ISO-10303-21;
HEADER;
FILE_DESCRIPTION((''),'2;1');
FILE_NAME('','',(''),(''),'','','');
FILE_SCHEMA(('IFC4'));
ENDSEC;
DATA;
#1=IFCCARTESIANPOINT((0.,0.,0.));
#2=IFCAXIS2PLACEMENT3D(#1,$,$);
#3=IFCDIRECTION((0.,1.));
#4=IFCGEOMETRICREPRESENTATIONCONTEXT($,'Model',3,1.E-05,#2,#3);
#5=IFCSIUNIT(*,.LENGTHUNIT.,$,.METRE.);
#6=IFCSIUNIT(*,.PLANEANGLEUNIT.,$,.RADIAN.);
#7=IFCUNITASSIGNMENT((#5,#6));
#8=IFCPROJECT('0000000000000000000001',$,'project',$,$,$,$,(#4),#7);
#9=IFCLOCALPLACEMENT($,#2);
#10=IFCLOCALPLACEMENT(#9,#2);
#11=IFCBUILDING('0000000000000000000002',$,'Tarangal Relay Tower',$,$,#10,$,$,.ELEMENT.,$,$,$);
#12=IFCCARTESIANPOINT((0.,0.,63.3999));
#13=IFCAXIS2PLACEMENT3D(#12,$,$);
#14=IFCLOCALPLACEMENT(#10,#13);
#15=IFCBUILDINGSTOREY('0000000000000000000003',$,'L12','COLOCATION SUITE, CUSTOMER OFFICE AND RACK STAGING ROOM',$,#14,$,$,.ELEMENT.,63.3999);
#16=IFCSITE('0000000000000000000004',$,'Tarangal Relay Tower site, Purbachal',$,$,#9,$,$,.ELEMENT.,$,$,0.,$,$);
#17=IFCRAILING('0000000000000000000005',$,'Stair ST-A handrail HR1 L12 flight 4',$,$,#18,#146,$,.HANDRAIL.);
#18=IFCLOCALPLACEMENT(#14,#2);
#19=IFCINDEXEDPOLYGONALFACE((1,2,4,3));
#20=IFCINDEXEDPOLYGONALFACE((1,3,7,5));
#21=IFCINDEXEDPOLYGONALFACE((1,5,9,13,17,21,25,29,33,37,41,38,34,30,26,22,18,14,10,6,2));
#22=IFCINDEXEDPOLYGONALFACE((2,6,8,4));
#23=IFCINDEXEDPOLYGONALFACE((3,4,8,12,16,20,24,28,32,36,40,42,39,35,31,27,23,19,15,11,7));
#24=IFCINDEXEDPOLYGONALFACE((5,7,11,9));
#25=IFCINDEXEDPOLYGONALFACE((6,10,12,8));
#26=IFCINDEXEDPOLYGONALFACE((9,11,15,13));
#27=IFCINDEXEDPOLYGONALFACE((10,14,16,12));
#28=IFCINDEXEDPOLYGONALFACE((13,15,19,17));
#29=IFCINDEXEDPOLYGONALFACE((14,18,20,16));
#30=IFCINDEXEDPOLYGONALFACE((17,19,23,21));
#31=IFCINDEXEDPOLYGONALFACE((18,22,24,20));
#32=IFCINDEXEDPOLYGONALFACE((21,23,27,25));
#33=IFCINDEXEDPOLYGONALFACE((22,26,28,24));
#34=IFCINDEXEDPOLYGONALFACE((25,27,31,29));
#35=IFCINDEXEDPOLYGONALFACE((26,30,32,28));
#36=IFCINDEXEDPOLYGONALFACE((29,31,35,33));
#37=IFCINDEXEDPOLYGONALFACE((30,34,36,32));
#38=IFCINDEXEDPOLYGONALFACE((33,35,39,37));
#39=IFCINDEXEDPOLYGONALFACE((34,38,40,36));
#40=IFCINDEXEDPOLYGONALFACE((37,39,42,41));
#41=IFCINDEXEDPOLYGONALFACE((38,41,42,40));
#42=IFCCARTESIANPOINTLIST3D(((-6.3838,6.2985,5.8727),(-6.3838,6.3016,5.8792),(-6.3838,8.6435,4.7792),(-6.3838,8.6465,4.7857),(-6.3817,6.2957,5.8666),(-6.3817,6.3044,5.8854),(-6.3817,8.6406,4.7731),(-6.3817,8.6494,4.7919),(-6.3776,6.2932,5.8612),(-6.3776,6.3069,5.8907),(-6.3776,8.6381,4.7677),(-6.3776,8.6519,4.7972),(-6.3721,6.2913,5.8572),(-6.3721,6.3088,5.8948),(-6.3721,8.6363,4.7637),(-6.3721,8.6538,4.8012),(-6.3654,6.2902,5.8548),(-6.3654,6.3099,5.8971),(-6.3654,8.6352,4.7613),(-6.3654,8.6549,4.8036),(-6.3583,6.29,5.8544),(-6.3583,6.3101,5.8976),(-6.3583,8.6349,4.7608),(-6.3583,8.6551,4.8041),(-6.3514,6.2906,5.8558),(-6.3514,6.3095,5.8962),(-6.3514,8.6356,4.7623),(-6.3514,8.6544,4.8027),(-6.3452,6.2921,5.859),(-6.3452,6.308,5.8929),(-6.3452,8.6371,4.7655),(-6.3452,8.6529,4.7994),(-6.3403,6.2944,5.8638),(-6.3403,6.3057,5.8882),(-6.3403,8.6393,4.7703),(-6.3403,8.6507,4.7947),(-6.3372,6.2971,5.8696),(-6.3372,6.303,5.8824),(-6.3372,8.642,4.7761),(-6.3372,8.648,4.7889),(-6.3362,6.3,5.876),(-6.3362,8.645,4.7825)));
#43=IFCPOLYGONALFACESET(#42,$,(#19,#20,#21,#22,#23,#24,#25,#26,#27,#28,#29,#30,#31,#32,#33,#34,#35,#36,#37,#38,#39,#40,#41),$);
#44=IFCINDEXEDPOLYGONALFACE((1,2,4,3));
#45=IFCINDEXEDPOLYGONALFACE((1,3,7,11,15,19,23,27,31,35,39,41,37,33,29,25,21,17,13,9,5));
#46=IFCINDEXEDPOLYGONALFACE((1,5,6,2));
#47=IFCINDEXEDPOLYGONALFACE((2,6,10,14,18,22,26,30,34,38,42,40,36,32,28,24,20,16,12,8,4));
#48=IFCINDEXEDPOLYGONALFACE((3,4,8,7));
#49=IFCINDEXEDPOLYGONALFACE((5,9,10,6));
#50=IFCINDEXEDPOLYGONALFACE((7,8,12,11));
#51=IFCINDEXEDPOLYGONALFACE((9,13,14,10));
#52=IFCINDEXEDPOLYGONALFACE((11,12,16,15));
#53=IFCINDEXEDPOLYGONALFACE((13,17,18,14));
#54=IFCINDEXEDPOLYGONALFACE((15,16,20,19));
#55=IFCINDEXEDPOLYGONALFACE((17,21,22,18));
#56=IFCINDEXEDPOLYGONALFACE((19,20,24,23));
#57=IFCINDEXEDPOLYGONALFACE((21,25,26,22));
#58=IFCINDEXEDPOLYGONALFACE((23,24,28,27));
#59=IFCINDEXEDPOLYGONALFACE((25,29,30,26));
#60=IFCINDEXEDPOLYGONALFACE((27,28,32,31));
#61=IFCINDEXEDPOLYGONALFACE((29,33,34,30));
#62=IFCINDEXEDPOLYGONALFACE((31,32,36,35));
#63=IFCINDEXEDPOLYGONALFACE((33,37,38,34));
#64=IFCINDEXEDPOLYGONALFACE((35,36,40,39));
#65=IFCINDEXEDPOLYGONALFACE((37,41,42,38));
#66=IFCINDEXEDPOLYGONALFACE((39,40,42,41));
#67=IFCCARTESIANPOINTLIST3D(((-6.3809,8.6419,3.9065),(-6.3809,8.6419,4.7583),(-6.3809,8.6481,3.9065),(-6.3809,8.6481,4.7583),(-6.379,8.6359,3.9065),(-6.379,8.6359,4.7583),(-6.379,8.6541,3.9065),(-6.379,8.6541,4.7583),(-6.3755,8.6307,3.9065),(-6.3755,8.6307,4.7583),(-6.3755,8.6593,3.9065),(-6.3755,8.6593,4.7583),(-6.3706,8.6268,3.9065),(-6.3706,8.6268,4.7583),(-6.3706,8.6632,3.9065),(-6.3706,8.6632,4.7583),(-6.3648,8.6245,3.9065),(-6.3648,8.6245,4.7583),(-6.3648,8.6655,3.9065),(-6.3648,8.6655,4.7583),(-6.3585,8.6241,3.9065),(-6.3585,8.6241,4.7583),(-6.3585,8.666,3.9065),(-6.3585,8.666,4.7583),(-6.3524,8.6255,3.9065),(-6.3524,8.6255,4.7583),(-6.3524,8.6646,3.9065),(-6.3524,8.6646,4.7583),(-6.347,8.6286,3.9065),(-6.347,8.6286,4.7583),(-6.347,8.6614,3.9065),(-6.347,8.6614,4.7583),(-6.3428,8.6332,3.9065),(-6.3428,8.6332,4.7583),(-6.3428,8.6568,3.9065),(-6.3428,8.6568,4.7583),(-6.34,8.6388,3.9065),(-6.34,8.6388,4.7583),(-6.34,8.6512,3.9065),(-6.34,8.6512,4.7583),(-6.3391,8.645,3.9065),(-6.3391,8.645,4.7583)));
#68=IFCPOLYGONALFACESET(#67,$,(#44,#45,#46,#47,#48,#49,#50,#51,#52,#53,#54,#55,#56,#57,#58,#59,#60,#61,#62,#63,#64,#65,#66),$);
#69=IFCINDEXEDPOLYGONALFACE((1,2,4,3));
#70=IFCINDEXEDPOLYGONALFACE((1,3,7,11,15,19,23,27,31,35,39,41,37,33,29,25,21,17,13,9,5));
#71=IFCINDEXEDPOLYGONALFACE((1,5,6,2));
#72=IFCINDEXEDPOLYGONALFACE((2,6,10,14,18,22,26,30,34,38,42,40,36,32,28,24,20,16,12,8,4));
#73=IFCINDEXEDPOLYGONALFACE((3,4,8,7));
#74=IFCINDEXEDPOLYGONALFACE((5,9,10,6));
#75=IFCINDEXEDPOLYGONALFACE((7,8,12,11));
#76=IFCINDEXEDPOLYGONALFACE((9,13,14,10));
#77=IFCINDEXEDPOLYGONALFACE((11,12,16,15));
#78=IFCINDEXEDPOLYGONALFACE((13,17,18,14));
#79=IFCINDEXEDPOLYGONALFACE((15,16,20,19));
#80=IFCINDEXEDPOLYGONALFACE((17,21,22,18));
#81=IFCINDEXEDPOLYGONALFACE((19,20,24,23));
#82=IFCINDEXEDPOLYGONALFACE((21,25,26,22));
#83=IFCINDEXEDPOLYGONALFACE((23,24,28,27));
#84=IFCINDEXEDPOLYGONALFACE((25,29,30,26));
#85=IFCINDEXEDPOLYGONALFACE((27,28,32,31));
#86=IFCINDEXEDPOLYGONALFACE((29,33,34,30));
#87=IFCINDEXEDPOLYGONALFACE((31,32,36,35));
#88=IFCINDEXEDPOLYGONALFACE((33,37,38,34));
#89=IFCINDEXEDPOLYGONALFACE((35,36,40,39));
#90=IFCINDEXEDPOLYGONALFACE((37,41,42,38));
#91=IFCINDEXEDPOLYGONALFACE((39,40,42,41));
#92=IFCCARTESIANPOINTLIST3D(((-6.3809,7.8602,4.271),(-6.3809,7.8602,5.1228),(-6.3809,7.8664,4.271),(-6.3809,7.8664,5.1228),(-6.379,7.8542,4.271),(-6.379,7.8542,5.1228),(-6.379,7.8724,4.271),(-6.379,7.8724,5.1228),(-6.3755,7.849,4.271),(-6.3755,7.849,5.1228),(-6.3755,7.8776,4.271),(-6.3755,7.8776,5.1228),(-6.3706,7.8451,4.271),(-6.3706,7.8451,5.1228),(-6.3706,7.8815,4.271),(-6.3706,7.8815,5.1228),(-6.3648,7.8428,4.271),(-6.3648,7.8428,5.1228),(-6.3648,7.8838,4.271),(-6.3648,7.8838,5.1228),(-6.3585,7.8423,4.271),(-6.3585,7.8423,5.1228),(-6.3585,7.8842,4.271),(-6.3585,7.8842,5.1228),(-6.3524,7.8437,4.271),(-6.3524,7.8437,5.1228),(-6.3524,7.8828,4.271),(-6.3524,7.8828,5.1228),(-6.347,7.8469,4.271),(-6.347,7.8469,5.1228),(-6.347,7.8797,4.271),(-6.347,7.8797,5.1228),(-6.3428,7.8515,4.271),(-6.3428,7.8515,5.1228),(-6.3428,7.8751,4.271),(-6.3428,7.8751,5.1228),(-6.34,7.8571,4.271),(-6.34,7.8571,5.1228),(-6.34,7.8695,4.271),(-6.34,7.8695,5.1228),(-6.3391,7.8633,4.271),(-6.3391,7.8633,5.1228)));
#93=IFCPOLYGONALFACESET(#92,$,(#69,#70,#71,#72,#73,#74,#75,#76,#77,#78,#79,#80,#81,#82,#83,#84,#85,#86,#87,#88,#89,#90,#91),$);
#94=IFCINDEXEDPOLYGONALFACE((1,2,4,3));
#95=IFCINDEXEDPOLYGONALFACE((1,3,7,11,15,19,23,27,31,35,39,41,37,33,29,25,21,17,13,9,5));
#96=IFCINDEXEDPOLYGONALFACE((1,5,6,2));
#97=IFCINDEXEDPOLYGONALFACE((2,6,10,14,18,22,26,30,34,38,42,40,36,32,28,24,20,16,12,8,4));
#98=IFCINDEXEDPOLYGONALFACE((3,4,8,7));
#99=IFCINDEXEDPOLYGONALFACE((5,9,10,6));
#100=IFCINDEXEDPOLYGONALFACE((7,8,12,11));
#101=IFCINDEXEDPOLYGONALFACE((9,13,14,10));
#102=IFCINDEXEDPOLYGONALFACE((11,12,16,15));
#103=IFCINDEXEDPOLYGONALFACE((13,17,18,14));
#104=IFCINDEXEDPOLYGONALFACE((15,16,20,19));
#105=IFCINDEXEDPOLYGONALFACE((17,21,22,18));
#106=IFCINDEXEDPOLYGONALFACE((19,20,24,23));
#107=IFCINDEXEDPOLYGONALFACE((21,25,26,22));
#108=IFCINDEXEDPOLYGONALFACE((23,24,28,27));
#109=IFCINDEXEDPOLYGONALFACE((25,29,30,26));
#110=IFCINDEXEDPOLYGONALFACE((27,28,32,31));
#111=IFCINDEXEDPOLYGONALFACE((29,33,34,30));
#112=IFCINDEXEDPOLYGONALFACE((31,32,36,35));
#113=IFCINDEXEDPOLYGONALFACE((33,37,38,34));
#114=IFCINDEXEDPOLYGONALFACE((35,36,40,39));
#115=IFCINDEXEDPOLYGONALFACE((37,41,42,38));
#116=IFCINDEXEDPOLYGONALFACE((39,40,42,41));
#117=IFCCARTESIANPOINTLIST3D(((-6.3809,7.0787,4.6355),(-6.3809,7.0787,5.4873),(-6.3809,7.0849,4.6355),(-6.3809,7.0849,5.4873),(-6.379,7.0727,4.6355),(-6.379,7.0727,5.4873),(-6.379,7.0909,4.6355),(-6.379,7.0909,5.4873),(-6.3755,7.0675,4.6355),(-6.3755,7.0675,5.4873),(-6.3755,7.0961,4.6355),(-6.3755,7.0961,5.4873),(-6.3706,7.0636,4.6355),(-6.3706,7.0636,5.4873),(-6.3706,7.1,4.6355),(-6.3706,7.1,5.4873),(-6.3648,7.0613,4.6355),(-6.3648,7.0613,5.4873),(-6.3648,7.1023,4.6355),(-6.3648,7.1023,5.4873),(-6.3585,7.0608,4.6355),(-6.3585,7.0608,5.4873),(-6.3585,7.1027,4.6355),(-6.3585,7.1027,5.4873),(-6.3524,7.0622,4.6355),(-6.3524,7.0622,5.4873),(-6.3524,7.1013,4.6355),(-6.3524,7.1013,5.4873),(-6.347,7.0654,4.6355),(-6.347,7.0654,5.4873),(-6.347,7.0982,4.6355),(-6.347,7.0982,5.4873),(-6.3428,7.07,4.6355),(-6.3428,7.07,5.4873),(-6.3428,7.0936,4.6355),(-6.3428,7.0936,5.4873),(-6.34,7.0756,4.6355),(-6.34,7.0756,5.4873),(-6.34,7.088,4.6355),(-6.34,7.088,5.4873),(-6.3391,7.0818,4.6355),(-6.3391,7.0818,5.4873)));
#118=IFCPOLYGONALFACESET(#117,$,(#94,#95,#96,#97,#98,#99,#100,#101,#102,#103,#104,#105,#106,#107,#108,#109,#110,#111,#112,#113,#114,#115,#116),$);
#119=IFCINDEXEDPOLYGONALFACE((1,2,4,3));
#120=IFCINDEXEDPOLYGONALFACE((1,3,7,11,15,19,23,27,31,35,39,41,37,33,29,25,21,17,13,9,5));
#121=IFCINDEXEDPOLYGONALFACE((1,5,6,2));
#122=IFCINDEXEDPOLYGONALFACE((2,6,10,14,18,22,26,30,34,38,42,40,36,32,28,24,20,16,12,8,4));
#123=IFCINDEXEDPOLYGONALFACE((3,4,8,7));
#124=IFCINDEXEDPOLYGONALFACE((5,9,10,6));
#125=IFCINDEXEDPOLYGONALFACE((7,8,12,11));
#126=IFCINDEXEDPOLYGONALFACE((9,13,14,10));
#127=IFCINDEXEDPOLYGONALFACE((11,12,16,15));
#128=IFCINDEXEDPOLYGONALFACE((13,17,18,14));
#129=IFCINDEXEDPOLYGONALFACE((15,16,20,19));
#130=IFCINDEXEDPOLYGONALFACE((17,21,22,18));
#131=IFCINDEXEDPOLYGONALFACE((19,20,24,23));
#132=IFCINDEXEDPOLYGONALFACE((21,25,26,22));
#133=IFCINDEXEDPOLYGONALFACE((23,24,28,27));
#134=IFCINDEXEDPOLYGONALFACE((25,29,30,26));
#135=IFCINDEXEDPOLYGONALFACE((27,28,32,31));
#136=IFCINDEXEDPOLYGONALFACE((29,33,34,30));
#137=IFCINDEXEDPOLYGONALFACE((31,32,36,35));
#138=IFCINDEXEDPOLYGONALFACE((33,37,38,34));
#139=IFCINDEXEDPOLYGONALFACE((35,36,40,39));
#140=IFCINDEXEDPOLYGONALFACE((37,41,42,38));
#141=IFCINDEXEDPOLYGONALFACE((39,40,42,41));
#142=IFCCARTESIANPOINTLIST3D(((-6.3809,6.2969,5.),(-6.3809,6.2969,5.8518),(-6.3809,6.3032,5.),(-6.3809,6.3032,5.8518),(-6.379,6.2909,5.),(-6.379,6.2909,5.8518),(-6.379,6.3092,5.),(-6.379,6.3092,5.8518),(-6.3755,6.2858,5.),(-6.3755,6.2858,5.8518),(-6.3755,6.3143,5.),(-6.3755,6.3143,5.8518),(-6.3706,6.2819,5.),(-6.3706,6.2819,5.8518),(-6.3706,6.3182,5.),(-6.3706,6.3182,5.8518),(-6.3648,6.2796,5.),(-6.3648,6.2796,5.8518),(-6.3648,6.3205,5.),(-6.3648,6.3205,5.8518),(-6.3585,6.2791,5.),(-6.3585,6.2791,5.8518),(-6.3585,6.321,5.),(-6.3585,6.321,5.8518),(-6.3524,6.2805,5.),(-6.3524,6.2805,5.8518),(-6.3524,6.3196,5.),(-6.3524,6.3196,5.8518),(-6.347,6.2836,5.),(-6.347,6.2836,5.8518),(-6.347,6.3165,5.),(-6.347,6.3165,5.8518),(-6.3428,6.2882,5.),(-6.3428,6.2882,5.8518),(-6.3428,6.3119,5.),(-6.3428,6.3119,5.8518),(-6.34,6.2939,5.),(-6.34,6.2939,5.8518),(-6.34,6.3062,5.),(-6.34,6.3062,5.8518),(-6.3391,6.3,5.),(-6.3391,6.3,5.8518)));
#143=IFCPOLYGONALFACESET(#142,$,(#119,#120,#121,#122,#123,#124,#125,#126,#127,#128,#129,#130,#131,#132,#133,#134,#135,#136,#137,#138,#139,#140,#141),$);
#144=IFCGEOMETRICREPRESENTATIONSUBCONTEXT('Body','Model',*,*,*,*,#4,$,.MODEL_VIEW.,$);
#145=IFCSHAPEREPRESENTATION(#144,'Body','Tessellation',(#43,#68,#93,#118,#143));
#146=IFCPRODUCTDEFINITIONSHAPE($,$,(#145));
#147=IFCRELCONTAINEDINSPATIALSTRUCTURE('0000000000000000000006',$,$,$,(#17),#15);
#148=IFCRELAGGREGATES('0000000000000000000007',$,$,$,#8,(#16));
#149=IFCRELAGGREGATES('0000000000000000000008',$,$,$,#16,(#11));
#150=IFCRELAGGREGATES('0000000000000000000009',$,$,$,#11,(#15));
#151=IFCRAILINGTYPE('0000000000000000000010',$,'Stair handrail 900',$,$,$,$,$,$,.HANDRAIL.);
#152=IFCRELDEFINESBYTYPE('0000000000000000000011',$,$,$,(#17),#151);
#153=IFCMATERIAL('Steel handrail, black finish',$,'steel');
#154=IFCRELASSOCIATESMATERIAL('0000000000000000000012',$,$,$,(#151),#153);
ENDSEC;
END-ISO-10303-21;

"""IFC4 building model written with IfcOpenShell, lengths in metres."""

from ifc_helpers import new_model, si_unit, direction, frame, origin, origin_2d, place, context, subcontext, project, spatial, circle, extrude, material, type_object, element, save


model = new_model("IFC4")

# Units and contexts
model_context = context("Model", 3, precision=1e-05, world=origin(), true_north=direction((0.0, 1.0)))
body_context = subcontext(model_context, "Body", "Model", "MODEL_VIEW")
ifc_project = project(units=[si_unit("LENGTHUNIT", "METRE"), si_unit("PLANEANGLEUNIT", "RADIAN")], contexts=[model_context])

# Site, building, storey
site_placement = place(None, origin())
site = spatial("IfcSite", under=ifc_project, at=site_placement, Name="Tarangal Relay Tower site, Purbachal", CompositionType="ELEMENT", RefElevation=0.0)
building_placement = place(site_placement, origin())
building = spatial("IfcBuilding", under=site, at=building_placement, Name="Tarangal Relay Tower", CompositionType="ELEMENT")
storey_placement = place(building_placement, frame((0.0, 0.0, 63.3999)))
storey = spatial("IfcBuildingStorey", under=building, at=storey_placement, Name="L12", Description="COLOCATION SUITE, CUSTOMER OFFICE AND RACK STAGING ROOM", CompositionType="ELEMENT", Elevation=63.3999)

# Railing
ifc_material_1 = material(Name="Steel handrail, black finish", Category="steel")
railing_type_1 = type_object("IfcRailingType", Name="Stair handrail 900", PredefinedType="HANDRAIL", material=ifc_material_1)
for number, where, name in (
    (1, (-6.3601, 8.645, 3.9065), "Stair ST-A handrail HR1 L12 flight 4"),
):
    element("IfcRailing", number, at=place(storey_placement, frame(where)), inside=storey, type_object=railing_type_1, Name=name, PredefinedType="HANDRAIL", context=body_context, shape_type="SweptSolid", body=[
        extrude(circle(Radius=0.0239, at=origin_2d()), frame((0.0, 0.0, 0.876), z_axis=(0.0, -0.906304, 0.422627), x_axis=(1.0, 0.0, 0.0)), (0.0, 0.0, 1.0), 2.5874),
        extrude(circle(Radius=0.021, at=origin_2d()), origin(), (0.0, 0.0, 1.0), 0.8518),
        extrude(circle(Radius=0.021, at=origin_2d()), frame((0.0, -0.7817, 0.3645)), (0.0, 0.0, 1.0), 0.8518),
        extrude(circle(Radius=0.021, at=origin_2d()), frame((0.0, -1.5632, 0.729)), (0.0, 0.0, 1.0), 0.8518),
        extrude(circle(Radius=0.021, at=origin_2d()), frame((0.0, -2.345, 1.0935)), (0.0, 0.0, 1.0), 0.8518),
    ])

save(model, "model.ifc")
